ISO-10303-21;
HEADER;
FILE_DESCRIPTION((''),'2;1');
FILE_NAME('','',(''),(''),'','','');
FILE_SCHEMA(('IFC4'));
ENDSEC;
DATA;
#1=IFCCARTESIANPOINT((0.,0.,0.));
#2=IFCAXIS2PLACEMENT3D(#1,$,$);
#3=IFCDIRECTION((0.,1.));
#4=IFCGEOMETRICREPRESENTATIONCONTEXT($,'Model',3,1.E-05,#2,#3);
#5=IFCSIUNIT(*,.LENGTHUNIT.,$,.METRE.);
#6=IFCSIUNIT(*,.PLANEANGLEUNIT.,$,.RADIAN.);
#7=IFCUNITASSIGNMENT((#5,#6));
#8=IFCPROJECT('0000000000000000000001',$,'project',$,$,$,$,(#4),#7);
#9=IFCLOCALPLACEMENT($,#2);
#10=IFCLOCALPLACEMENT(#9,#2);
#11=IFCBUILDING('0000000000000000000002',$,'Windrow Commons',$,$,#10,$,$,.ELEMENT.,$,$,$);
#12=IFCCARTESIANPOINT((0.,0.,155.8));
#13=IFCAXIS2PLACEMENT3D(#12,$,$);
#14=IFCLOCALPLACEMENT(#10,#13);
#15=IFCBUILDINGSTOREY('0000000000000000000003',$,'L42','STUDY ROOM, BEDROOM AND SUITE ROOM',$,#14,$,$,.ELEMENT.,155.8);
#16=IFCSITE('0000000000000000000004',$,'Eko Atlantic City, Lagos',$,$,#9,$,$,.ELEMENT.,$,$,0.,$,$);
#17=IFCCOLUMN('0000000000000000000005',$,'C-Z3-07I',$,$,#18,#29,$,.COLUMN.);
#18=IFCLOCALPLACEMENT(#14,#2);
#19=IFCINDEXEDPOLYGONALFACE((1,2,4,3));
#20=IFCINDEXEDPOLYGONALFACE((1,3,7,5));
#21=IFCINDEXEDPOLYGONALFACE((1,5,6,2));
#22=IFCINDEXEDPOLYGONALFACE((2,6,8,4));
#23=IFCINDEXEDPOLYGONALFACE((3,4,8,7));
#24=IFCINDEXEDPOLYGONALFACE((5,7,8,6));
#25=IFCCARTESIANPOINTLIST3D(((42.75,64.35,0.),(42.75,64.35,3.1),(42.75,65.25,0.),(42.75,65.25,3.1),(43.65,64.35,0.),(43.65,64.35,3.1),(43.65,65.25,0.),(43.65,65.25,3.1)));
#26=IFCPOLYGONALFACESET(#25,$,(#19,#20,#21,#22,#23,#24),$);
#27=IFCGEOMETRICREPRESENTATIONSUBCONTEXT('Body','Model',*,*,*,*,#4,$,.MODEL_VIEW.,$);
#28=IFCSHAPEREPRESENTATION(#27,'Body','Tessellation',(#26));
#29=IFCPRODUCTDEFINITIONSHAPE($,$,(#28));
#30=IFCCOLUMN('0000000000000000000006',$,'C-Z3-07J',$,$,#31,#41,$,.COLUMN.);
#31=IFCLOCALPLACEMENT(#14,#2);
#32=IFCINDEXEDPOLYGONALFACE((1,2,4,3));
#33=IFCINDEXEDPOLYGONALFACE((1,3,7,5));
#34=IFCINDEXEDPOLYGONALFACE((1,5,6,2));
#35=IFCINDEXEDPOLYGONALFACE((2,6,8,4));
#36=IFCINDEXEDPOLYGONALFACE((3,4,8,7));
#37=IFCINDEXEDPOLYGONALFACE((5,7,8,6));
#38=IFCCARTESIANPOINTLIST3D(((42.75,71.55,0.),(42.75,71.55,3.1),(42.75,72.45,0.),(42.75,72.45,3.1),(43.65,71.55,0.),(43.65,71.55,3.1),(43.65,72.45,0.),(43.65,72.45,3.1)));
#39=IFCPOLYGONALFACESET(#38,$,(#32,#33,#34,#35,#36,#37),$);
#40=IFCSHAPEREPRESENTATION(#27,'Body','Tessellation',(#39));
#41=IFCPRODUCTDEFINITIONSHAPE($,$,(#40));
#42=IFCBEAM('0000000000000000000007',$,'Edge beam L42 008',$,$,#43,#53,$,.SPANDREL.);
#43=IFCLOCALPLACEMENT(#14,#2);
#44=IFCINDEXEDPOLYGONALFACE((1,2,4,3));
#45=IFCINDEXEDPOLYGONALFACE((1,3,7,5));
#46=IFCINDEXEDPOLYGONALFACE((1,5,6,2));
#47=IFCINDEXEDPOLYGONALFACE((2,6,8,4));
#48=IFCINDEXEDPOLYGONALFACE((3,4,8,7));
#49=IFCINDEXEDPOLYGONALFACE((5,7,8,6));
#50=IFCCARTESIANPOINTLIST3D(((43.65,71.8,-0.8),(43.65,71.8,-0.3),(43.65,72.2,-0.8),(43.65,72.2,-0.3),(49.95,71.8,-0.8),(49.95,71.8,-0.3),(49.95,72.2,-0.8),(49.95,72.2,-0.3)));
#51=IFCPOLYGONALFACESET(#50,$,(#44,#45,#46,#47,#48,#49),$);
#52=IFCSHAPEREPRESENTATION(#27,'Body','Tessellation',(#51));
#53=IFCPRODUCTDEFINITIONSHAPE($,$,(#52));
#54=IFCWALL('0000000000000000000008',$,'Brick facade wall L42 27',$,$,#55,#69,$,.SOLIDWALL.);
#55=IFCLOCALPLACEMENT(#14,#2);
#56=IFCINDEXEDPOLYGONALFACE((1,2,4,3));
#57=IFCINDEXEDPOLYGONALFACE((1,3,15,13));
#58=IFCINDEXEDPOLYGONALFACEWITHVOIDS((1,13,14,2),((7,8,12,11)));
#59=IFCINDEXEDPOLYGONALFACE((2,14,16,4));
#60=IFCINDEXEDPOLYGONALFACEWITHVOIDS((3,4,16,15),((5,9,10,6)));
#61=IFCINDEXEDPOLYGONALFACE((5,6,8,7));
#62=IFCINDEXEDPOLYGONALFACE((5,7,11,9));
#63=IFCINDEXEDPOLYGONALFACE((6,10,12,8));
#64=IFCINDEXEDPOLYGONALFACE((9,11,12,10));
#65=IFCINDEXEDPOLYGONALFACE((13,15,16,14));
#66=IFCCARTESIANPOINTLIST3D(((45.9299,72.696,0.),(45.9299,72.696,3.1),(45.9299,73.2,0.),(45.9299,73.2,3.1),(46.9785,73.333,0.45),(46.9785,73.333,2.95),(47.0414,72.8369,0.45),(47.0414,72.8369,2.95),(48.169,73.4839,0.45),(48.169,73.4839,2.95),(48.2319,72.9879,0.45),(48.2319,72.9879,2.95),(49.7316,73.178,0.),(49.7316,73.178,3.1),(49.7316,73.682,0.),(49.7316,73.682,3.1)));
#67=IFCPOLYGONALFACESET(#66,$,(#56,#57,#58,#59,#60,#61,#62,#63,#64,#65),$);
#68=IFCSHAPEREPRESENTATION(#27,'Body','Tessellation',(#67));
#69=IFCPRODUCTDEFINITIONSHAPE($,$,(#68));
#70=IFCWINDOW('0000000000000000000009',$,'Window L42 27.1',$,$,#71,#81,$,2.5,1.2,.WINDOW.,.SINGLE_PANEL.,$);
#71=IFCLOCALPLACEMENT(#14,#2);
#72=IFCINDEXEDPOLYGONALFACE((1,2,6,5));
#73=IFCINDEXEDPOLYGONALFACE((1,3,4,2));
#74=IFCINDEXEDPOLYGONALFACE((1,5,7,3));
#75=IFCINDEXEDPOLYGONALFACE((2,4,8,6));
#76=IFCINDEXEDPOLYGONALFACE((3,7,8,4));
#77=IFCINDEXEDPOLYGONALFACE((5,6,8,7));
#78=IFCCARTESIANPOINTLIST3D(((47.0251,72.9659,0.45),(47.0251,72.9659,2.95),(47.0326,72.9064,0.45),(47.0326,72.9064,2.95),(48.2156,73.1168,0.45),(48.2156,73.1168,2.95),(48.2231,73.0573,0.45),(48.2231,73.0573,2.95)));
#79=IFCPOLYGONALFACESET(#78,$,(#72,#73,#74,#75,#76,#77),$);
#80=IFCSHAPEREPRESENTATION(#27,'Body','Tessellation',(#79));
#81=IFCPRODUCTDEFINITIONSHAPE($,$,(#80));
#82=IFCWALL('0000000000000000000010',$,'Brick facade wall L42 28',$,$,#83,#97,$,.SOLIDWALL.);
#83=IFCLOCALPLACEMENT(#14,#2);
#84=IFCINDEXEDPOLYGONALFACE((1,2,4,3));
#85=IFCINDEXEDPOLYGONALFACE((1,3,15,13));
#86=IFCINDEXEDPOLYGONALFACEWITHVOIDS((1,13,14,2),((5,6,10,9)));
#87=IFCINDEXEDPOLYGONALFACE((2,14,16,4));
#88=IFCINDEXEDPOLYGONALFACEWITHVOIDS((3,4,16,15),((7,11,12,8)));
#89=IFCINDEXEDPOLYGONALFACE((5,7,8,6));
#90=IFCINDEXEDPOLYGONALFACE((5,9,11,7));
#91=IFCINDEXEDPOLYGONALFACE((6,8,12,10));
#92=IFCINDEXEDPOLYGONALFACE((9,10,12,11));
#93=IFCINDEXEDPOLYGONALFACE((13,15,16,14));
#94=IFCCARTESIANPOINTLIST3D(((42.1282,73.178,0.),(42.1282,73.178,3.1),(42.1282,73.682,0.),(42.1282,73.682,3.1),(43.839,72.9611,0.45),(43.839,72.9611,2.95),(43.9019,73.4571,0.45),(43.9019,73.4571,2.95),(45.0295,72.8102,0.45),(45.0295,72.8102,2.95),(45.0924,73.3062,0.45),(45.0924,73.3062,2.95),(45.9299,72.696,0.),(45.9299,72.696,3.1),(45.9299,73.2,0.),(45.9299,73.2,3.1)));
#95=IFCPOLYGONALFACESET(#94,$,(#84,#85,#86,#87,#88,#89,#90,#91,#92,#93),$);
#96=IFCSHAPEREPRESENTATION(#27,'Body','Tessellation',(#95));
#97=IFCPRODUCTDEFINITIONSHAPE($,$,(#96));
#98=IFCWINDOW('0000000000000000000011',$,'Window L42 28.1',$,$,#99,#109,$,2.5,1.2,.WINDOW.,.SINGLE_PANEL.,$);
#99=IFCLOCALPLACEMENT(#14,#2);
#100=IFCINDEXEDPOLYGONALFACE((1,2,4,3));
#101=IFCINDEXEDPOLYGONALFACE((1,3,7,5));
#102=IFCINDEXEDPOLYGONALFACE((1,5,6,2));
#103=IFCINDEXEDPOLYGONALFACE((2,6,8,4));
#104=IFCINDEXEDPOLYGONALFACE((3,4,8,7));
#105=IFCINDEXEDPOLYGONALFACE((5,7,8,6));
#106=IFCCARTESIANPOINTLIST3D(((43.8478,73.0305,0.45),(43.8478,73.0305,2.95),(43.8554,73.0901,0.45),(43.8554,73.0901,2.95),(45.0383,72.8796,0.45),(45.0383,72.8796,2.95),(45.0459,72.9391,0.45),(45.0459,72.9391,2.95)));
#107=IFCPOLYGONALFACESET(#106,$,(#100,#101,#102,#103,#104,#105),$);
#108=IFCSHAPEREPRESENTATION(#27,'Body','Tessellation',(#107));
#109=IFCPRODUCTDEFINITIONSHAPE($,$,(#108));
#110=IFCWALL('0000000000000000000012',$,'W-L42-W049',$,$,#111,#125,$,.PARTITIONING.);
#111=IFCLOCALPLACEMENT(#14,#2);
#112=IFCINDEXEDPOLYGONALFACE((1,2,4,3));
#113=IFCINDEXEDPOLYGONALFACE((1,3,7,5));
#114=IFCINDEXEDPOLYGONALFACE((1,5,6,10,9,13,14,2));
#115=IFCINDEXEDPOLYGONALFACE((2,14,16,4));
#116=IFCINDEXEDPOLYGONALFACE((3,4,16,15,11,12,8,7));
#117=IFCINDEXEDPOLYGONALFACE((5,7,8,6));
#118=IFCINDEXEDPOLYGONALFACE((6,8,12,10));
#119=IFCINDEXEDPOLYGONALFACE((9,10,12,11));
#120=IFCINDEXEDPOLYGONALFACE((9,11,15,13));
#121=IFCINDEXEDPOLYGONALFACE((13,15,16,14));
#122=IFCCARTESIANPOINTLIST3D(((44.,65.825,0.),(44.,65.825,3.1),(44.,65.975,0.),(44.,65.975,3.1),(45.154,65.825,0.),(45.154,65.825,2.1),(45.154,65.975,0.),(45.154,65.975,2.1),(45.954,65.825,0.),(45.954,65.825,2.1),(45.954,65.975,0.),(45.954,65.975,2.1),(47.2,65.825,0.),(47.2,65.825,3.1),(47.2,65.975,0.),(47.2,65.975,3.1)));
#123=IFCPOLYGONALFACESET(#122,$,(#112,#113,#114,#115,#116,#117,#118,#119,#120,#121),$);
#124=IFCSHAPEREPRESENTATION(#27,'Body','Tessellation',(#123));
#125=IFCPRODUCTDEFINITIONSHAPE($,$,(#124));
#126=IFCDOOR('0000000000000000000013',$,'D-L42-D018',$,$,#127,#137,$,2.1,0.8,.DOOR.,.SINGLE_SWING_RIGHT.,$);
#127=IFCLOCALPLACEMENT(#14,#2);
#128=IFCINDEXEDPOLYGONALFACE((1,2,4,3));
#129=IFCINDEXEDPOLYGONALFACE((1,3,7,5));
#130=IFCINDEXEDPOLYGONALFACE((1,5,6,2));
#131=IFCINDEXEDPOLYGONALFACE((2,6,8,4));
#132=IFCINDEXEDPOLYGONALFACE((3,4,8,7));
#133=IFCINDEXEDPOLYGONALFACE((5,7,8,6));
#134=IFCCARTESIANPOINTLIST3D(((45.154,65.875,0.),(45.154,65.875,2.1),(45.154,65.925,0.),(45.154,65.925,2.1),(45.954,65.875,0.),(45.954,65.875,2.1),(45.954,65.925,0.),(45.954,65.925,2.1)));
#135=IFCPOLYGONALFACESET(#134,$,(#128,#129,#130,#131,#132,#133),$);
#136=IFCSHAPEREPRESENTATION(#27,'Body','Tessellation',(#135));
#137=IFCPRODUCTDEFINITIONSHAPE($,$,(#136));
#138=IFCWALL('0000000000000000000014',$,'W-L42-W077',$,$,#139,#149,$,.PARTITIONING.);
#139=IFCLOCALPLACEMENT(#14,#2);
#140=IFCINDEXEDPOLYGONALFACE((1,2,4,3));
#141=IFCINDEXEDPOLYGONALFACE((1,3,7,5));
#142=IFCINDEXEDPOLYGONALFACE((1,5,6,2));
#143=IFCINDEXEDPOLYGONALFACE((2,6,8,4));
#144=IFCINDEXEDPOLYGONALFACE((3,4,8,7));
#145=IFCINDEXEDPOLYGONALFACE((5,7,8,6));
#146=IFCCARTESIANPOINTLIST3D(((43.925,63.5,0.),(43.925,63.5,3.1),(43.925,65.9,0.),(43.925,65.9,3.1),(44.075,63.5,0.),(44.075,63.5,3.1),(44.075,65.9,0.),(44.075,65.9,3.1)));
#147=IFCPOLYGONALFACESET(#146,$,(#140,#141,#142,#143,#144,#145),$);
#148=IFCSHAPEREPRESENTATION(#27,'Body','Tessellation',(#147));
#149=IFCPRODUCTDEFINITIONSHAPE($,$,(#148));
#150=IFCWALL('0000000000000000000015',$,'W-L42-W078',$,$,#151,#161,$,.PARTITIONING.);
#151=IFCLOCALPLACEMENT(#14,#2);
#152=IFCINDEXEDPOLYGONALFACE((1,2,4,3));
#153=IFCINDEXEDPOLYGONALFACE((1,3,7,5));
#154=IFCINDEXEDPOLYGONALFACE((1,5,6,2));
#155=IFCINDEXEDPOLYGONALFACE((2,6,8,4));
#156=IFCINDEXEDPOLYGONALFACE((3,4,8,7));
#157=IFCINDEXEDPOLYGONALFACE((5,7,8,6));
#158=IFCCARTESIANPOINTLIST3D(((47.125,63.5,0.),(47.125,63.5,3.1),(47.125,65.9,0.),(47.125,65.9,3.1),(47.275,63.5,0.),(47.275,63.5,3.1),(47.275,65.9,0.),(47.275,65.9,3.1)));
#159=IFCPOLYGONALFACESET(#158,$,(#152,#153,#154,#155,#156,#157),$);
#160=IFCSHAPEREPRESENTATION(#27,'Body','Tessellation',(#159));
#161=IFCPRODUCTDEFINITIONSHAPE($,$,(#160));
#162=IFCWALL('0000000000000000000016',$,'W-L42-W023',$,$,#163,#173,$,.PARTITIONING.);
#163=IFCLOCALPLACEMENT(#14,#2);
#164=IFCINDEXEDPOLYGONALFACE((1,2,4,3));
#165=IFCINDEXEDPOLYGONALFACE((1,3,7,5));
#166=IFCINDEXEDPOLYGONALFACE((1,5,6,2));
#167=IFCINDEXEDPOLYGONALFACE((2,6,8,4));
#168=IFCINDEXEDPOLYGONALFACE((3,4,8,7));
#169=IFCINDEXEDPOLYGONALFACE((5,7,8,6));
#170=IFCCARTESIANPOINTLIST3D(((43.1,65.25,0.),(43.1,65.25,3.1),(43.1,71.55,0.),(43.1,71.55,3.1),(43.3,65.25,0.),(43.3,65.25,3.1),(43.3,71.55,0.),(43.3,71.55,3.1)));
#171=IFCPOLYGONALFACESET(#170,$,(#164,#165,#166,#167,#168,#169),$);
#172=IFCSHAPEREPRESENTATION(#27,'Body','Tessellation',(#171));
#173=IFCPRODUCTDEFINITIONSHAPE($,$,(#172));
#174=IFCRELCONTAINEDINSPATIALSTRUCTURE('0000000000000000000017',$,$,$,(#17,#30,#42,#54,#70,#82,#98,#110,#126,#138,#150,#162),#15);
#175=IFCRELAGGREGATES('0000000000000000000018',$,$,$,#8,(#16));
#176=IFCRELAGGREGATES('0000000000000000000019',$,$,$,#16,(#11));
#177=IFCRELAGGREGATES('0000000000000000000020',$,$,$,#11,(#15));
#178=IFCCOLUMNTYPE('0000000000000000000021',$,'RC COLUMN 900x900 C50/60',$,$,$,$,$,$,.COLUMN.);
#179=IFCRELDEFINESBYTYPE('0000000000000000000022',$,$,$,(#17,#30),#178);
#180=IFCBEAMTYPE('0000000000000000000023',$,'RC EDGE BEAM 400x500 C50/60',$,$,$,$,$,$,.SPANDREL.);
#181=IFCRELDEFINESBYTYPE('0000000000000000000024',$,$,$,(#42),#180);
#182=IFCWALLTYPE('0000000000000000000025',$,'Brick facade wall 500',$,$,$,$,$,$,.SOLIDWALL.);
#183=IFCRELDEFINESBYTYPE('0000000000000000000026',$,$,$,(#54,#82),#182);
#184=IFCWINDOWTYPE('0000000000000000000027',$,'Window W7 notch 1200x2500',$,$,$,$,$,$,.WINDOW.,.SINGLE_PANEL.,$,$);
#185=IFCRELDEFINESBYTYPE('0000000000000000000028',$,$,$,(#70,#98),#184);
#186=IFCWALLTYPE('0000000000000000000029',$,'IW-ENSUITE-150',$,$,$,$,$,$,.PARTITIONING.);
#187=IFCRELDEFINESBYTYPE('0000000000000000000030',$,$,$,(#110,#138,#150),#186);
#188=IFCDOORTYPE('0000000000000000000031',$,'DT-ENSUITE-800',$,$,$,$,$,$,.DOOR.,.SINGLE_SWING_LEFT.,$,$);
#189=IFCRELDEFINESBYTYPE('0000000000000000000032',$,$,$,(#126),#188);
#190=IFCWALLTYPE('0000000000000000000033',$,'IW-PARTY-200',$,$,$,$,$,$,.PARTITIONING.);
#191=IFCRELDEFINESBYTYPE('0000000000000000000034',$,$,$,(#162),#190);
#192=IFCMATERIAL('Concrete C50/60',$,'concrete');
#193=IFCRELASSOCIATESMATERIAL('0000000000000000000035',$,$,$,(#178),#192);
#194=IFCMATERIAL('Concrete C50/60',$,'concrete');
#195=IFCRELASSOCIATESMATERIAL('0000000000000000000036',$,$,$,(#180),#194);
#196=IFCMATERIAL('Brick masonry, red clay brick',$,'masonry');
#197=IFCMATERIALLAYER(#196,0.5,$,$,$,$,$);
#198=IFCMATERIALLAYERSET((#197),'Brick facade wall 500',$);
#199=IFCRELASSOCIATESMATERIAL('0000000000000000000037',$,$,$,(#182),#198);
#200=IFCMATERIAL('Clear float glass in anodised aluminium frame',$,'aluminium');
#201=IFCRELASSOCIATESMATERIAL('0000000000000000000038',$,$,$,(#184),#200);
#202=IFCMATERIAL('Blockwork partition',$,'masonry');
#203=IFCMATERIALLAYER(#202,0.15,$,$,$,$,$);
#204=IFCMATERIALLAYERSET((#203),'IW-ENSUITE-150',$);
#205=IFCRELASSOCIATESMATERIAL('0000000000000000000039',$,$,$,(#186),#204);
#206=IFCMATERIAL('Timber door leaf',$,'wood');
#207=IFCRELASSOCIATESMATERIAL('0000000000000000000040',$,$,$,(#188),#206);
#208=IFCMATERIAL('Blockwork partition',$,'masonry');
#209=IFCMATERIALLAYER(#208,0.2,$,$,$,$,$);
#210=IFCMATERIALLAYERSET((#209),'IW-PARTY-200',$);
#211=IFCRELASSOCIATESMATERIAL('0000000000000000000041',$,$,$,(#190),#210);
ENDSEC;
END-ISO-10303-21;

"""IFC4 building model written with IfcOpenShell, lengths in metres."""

from ifc_helpers import new_model, si_unit, direction, frame, frame_2d, origin, origin_2d, place, context, subcontext, project, spatial, polyline, rectangle, outline, extrude, material, layer, layer_set, material_profile, profile_set, type_object, element, fill, save


model = new_model("IFC4")

# Units and contexts
model_context = context("Model", 3, precision=1e-05, world=origin(), true_north=direction((0.0, 1.0)))
body_context = subcontext(model_context, "Body", "Model", "MODEL_VIEW")
ifc_project = project(units=[si_unit("LENGTHUNIT", "METRE"), si_unit("PLANEANGLEUNIT", "RADIAN")], contexts=[model_context])

# Site, building, storey
site_placement = place(None, origin())
site = spatial("IfcSite", under=ifc_project, at=site_placement, Name="Eko Atlantic City, Lagos", CompositionType="ELEMENT", RefElevation=0.0)
building_placement = place(site_placement, origin())
building = spatial("IfcBuilding", under=site, at=building_placement, Name="Windrow Commons", CompositionType="ELEMENT")
storey_placement = place(building_placement, frame((0.0, 0.0, 155.8)))
storey = spatial("IfcBuildingStorey", under=building, at=storey_placement, Name="L42", Description="STUDY ROOM, BEDROOM AND SUITE ROOM", CompositionType="ELEMENT", Elevation=155.8)

# Columns
ifc_material_1 = material(Name="Concrete C50/60", Category="concrete")
ifc_material_profile_1 = material_profile(ifc_material_1, rectangle(XDim=0.9, YDim=0.9, at=origin_2d()))
ifc_profile_set_1 = profile_set([ifc_material_profile_1], Name="Concrete C50/60")
column_type = type_object("IfcColumnType", Name="RC COLUMN 900x900 C50/60", PredefinedType="COLUMN", material=ifc_profile_set_1)
for number, where, z_axis, x_axis, name in (
    (1, (43.2, 64.8, 0.0), (0.0, 0.0, 1.0), (1.0, 0.0, 0.0), "C-Z3-07I"),
    (2, (43.2, 72.0, 0.0), (0.0, 0.0, 1.0), (1.0, 0.0, 0.0), "C-Z3-07J"),
):
    element("IfcColumn", number, at=place(storey_placement, frame(where, z_axis=z_axis, x_axis=x_axis)), inside=storey, type_object=column_type, Name=name, PredefinedType="COLUMN", context=body_context, shape_type="SweptSolid", body=[
        extrude(rectangle(XDim=0.9, YDim=0.9, at=origin_2d()), origin(), (0.0, 0.0, 1.0), 3.1),
    ])

# Beam
ifc_material_2 = material(Name="Concrete C50/60", Category="concrete")
ifc_material_profile_2 = material_profile(ifc_material_2, rectangle(XDim=0.4, YDim=0.5, at=origin_2d()))
ifc_profile_set_2 = profile_set([ifc_material_profile_2], Name="Concrete C50/60")
beam_type = type_object("IfcBeamType", Name="RC EDGE BEAM 400x500 C50/60", PredefinedType="SPANDREL", material=ifc_profile_set_2)
beam_placement = place(storey_placement, frame((43.65, 72.0, -0.55), z_axis=(1.0, 0.0, 0.0), x_axis=(0.0, 1.0, 0.0)))
element("IfcBeam", 3, at=beam_placement, inside=storey, type_object=beam_type, Name="Edge beam L42 008", PredefinedType="SPANDREL", context=body_context, shape_type="SweptSolid", body=[
    extrude(rectangle(XDim=0.4, YDim=0.5, at=origin_2d()), origin(), (0.0, 0.0, 1.0), 6.3),
])

# Walls, openings, windows
ifc_material_3 = material(Name="Brick masonry, red clay brick", Category="masonry")
ifc_layer_1 = layer(ifc_material_3, 0.5)
ifc_layer_set_1 = layer_set([ifc_layer_1], Name="Brick facade wall 500")
wall_type_1 = type_object("IfcWallType", Name="Brick facade wall 500", PredefinedType="SOLIDWALL", material=ifc_layer_set_1)
wall_1_placement = place(storey_placement, frame((49.7316, 73.43, 0.0), z_axis=(0.0, 0.0, 1.0), x_axis=(-0.992058, -0.125779, 0.0)))
wall_1 = element("IfcWall", 4, at=wall_1_placement, inside=storey, type_object=wall_type_1, Name="Brick facade wall L42 27", PredefinedType="SOLIDWALL", context=body_context, shape_type="SweptSolid", body=[
    extrude(outline(polyline([(-0.0317, -0.25), (3.8004, -0.25), (3.8638, 0.25), (0.0317, 0.25), (-0.0317, -0.25)])), origin(), (0.0, 0.0, 1.0), 3.1),
])
opening_1_placement = place(wall_1_placement, frame((1.5434, 0.0, 0.45)))
opening_1 = element("IfcOpeningElement", 5, at=opening_1_placement, cuts=wall_1, PredefinedType="OPENING", context=body_context, shape_type="SweptSolid", body=[
    extrude(rectangle(XDim=1.2, YDim=2.5, at=frame_2d((0.6, 1.25))), frame((0.0, 0.26, 0.0), z_axis=(0.0, -1.0, 0.0), x_axis=(1.0, 0.0, 0.0)), (0.0, 0.0, 1.0), 0.52),
])
ifc_material_4 = material(Name="Clear float glass in anodised aluminium frame", Category="aluminium")
window_type = type_object("IfcWindowType", Name="Window W7 notch 1200x2500", PartitioningType="SINGLE_PANEL", PredefinedType="WINDOW", material=ifc_material_4)
window_1_placement = place(opening_1_placement, origin())
window_1 = element("IfcWindow", 6, at=window_1_placement, inside=storey, type_object=window_type, Name="Window L42 27.1", OverallHeight=2.5, OverallWidth=1.2, PartitioningType="SINGLE_PANEL", PredefinedType="WINDOW", context=body_context, shape_type="SweptSolid", body=[
    extrude(rectangle(XDim=1.2, YDim=2.5, at=frame_2d((0.6, 1.25))), frame((0.0, 0.18, 0.0), z_axis=(0.0, -1.0, 0.0), x_axis=(1.0, 0.0, 0.0)), (0.0, 0.0, 1.0), 0.06),
])
fill(opening_1, window_1)
wall_2_placement = place(storey_placement, frame((45.9299, 72.948, 0.0), z_axis=(0.0, 0.0, 1.0), x_axis=(-0.992058, 0.125779, 0.0)))
wall_2 = element("IfcWall", 7, at=wall_2_placement, inside=storey, type_object=wall_type_1, Name="Brick facade wall L42 28", PredefinedType="SOLIDWALL", context=body_context, shape_type="SweptSolid", body=[
    extrude(outline(polyline([(0.0317, -0.25), (3.8638, -0.25), (3.8004, 0.25), (-0.0317, 0.25), (0.0317, -0.25)])), origin(), (0.0, 0.0, 1.0), 3.1),
])
opening_2_placement = place(wall_2_placement, frame((0.8759, 0.0, 0.45)))
opening_2 = element("IfcOpeningElement", 8, at=opening_2_placement, cuts=wall_2, PredefinedType="OPENING", context=body_context, shape_type="SweptSolid", body=[
    extrude(rectangle(XDim=1.2, YDim=2.5, at=frame_2d((0.6, 1.25))), frame((0.0, 0.26, 0.0), z_axis=(0.0, -1.0, 0.0), x_axis=(1.0, 0.0, 0.0)), (0.0, 0.0, 1.0), 0.52),
])
window_2_placement = place(opening_2_placement, origin())
window_2 = element("IfcWindow", 9, at=window_2_placement, inside=storey, type_object=window_type, Name="Window L42 28.1", OverallHeight=2.5, OverallWidth=1.2, PartitioningType="SINGLE_PANEL", PredefinedType="WINDOW", context=body_context, shape_type="SweptSolid", body=[
    extrude(rectangle(XDim=1.2, YDim=2.5, at=frame_2d((0.6, 1.25))), frame((0.0, 0.18, 0.0), z_axis=(0.0, -1.0, 0.0), x_axis=(1.0, 0.0, 0.0)), (0.0, 0.0, 1.0), 0.06),
])
fill(opening_2, window_2)

# Wall, opening, door
ifc_material_5 = material(Name="Blockwork partition", Category="masonry")
ifc_layer_2 = layer(ifc_material_5, 0.15)
ifc_layer_set_2 = layer_set([ifc_layer_2], Name="IW-ENSUITE-150")
wall_type_2 = type_object("IfcWallType", Name="IW-ENSUITE-150", PredefinedType="PARTITIONING", material=ifc_layer_set_2)
wall_3_placement = place(storey_placement, frame((44.0, 65.9, 0.0), z_axis=(0.0, 0.0, 1.0), x_axis=(1.0, 0.0, 0.0)))
wall_3 = element("IfcWall", 10, at=wall_3_placement, inside=storey, type_object=wall_type_2, Name="W-L42-W049", PredefinedType="PARTITIONING", context=body_context, shape_type="SweptSolid", body=[
    extrude(rectangle(XDim=3.2, YDim=0.15, at=frame_2d((1.6, 0.0))), origin(), (0.0, 0.0, 1.0), 3.1),
])
opening_3_placement = place(wall_3_placement, frame((1.154, 0.0, 0.0)))
opening_3 = element("IfcOpeningElement", 11, at=opening_3_placement, cuts=wall_3, PredefinedType="OPENING", context=body_context, shape_type="SweptSolid", body=[
    extrude(rectangle(XDim=0.8, YDim=2.1, at=frame_2d((0.4, 1.05))), frame((0.0, 0.085, 0.0), z_axis=(0.0, -1.0, 0.0), x_axis=(1.0, 0.0, 0.0)), (0.0, 0.0, 1.0), 0.17),
])
ifc_material_6 = material(Name="Timber door leaf", Category="wood")
door_type = type_object("IfcDoorType", Name="DT-ENSUITE-800", OperationType="SINGLE_SWING_LEFT", PredefinedType="DOOR", material=ifc_material_6)
door_placement = place(opening_3_placement, origin())
door = element("IfcDoor", 12, at=door_placement, inside=storey, type_object=door_type, Name="D-L42-D018", OperationType="SINGLE_SWING_RIGHT", OverallHeight=2.1, OverallWidth=0.8, PredefinedType="DOOR", context=body_context, shape_type="SweptSolid", body=[
    extrude(rectangle(XDim=0.8, YDim=2.1, at=frame_2d((0.4, 1.05))), frame((0.0, 0.025, 0.0), z_axis=(0.0, -1.0, 0.0), x_axis=(1.0, 0.0, 0.0)), (0.0, 0.0, 1.0), 0.05),
])
fill(opening_3, door)

# Walls
for number, where, z_axis, x_axis, name in (
    (13, (44.0, 63.5, 0.0), (0.0, 0.0, 1.0), (0.0, 1.0, 0.0), "W-L42-W077"),
    (14, (47.2, 63.5, 0.0), (0.0, 0.0, 1.0), (0.0, 1.0, 0.0), "W-L42-W078"),
):
    element("IfcWall", number, at=place(storey_placement, frame(where, z_axis=z_axis, x_axis=x_axis)), inside=storey, type_object=wall_type_2, Name=name, PredefinedType="PARTITIONING", context=body_context, shape_type="SweptSolid", body=[
        extrude(rectangle(XDim=2.4, YDim=0.15, at=frame_2d((1.2, 0.0))), origin(), (0.0, 0.0, 1.0), 3.1),
    ])
ifc_material_7 = material(Name="Blockwork partition", Category="masonry")
ifc_layer_3 = layer(ifc_material_7, 0.2)
ifc_layer_set_3 = layer_set([ifc_layer_3], Name="IW-PARTY-200")
wall_type_3 = type_object("IfcWallType", Name="IW-PARTY-200", PredefinedType="PARTITIONING", material=ifc_layer_set_3)
wall_4_placement = place(storey_placement, frame((43.2, 65.25, 0.0), z_axis=(0.0, 0.0, 1.0), x_axis=(0.0, 1.0, 0.0)))
element("IfcWall", 15, at=wall_4_placement, inside=storey, type_object=wall_type_3, Name="W-L42-W023", PredefinedType="PARTITIONING", context=body_context, shape_type="SweptSolid", body=[
    extrude(rectangle(XDim=6.3, YDim=0.2, at=frame_2d((3.15, 0.0))), origin(), (0.0, 0.0, 1.0), 3.1),
])

save(model, "model.ifc")
